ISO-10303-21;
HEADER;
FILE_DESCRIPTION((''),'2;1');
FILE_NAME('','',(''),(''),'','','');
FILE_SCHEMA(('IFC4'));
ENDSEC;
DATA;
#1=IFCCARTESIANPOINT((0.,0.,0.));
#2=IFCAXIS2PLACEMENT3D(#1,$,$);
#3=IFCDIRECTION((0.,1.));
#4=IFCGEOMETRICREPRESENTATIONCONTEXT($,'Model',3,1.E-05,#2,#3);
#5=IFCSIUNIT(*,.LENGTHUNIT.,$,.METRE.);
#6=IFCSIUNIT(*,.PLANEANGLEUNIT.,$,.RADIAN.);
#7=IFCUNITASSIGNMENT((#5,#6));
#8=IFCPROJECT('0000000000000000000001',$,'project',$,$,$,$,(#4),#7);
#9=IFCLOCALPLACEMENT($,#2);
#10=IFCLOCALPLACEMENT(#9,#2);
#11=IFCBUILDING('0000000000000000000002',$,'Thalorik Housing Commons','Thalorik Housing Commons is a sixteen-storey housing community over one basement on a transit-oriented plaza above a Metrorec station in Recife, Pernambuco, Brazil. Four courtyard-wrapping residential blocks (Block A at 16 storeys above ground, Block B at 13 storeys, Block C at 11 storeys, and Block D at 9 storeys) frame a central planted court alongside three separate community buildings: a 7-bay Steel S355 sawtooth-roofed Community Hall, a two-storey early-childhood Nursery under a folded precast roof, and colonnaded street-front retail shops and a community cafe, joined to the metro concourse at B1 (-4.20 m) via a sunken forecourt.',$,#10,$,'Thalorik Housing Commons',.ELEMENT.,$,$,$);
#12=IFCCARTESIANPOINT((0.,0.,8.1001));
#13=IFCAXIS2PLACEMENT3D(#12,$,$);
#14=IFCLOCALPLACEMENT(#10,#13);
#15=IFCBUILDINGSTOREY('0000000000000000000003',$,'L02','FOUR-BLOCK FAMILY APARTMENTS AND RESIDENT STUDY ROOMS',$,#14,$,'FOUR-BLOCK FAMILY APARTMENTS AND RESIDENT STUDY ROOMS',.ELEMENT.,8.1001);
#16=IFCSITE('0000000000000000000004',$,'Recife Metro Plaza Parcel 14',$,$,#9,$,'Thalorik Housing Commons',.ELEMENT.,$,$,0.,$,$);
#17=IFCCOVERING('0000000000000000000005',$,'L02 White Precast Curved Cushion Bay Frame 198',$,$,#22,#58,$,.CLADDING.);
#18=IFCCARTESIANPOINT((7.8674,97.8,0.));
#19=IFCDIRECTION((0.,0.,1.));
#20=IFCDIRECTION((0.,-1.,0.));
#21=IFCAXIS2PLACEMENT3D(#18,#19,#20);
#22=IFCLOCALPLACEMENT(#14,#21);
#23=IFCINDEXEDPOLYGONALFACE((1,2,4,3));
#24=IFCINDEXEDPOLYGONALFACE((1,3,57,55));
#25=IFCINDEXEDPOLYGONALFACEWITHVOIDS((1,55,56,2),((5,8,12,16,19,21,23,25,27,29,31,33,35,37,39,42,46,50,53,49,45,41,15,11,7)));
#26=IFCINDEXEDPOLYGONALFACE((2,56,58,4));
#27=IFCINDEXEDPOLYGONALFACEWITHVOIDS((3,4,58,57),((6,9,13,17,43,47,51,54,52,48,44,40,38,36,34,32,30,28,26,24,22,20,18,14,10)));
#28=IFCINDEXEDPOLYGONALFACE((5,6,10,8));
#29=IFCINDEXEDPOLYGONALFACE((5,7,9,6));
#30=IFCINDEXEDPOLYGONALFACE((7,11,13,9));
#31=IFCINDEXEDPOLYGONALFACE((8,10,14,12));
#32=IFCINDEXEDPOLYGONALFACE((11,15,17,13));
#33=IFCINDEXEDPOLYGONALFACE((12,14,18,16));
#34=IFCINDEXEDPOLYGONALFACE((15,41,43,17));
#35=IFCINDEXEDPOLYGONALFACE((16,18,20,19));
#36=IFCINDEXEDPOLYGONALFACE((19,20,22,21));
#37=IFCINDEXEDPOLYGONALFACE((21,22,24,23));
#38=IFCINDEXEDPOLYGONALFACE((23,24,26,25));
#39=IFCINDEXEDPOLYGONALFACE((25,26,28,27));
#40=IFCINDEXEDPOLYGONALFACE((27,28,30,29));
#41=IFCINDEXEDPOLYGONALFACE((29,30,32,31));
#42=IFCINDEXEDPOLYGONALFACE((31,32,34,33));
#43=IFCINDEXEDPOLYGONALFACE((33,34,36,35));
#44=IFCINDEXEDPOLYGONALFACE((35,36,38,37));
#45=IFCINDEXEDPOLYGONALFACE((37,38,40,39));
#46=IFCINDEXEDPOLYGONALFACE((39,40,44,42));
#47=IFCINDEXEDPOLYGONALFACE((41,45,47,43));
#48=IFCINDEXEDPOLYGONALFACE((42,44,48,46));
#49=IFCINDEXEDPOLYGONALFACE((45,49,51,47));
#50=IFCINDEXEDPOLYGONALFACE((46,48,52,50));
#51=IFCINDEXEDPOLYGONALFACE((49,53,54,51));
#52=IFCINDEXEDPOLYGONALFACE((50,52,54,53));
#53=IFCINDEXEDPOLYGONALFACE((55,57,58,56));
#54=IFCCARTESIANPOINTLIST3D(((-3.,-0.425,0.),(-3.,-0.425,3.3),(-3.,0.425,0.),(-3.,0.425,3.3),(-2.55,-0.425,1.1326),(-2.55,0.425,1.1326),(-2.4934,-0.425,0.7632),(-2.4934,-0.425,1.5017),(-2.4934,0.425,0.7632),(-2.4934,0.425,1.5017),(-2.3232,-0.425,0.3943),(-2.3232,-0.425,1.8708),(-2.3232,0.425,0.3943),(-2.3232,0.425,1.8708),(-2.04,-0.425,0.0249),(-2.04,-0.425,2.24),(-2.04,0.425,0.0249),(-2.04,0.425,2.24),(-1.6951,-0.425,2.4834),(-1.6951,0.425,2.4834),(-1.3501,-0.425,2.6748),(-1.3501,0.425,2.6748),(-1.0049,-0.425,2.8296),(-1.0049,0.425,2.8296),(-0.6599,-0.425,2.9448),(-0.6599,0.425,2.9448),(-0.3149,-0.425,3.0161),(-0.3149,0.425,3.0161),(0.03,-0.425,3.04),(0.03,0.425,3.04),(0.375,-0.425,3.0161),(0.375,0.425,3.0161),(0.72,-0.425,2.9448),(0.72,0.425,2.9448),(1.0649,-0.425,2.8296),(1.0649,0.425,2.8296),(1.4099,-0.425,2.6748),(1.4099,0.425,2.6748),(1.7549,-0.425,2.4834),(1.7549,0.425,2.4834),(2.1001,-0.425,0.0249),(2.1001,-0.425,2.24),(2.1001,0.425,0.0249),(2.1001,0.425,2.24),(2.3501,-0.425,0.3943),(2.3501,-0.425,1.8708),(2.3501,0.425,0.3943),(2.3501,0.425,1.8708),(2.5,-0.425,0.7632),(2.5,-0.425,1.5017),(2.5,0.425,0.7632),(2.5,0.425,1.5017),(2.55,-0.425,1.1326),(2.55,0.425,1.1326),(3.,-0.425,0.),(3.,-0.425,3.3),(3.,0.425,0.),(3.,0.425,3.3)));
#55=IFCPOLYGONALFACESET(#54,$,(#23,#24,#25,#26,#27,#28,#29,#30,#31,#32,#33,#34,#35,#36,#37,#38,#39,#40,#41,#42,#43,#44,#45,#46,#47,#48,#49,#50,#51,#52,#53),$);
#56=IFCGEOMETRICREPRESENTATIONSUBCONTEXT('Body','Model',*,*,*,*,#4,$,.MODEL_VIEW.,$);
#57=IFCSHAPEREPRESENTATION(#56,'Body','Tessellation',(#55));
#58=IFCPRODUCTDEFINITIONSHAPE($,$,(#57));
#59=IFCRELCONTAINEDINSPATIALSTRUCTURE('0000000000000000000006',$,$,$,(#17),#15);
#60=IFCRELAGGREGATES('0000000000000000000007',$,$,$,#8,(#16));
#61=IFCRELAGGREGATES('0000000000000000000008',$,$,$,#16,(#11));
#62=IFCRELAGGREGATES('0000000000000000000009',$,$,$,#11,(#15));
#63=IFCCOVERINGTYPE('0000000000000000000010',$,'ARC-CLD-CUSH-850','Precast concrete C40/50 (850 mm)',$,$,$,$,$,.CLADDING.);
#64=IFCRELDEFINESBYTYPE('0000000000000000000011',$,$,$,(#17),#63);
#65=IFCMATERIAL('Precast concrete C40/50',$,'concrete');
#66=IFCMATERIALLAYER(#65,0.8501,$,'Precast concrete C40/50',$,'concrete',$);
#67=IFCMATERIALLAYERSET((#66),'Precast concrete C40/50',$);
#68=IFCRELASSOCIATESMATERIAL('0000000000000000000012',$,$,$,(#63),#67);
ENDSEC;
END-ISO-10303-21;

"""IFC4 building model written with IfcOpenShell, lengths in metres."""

from ifc_helpers import new_model, si_unit, direction, frame, origin, place, context, subcontext, project, spatial, polyline, outline, extrude, material, layer, layer_set, type_object, element, save


model = new_model("IFC4")

# Units and contexts
model_context = context("Model", 3, precision=1e-05, world=origin(), true_north=direction((0.0, 1.0)))
body_context = subcontext(model_context, "Body", "Model", "MODEL_VIEW")
ifc_project = project(units=[si_unit("LENGTHUNIT", "METRE"), si_unit("PLANEANGLEUNIT", "RADIAN")], contexts=[model_context])

# Site, building, storey
site_placement = place(None, origin())
site = spatial("IfcSite", under=ifc_project, at=site_placement, Name="Recife Metro Plaza Parcel 14", LongName="Thalorik Housing Commons", CompositionType="ELEMENT", RefElevation=0.0)
building_placement = place(site_placement, origin())
building = spatial("IfcBuilding", under=site, at=building_placement, Name="Thalorik Housing Commons", Description="Thalorik Housing Commons is a sixteen-storey housing community over one basement on a transit-oriented plaza above a Metrorec station in Recife, Pernambuco, Brazil. Four courtyard-wrapping residential blocks (Block A at 16 storeys above ground, Block B at 13 storeys, Block C at 11 storeys, and Block D at 9 storeys) frame a central planted court alongside three separate community buildings: a 7-bay Steel S355 sawtooth-roofed Community Hall, a two-storey early-childhood Nursery under a folded precast roof, and colonnaded street-front retail shops and a community cafe, joined to the metro concourse at B1 (-4.20 m) via a sunken forecourt.", LongName="Thalorik Housing Commons", CompositionType="ELEMENT")
storey_placement = place(building_placement, frame((0.0, 0.0, 8.1001)))
storey = spatial("IfcBuildingStorey", under=building, at=storey_placement, Name="L02", Description="FOUR-BLOCK FAMILY APARTMENTS AND RESIDENT STUDY ROOMS", LongName="FOUR-BLOCK FAMILY APARTMENTS AND RESIDENT STUDY ROOMS", CompositionType="ELEMENT", Elevation=8.1001)

# Shared definitions
ifc_material_1 = material(Name="Precast concrete C40/50", Category="concrete")

# Covering
ifc_layer_1 = layer(ifc_material_1, 0.8501, Name="Precast concrete C40/50", Category="concrete")
ifc_layer_set_1 = layer_set([ifc_layer_1], Name="Precast concrete C40/50")
covering_type_1 = type_object("IfcCoveringType", Name="ARC-CLD-CUSH-850", Description="Precast concrete C40/50 (850 mm)", PredefinedType="CLADDING", material=ifc_layer_set_1)
covering_1_placement = place(storey_placement, frame((7.8674, 97.8, 0.0), z_axis=(0.0, 0.0, 1.0), x_axis=(0.0, -1.0, 0.0)))
element("IfcCovering", 1, at=covering_1_placement, inside=storey, type_object=covering_type_1, Name="L02 White Precast Curved Cushion Bay Frame 198", PredefinedType="CLADDING", context=body_context, shape_type="SweptSolid", body=[
    extrude(outline(polyline([(-3.0, 0.0), (3.0, 0.0), (3.0, 3.3), (-3.0, 3.3), (-3.0, 0.0)]), holes=[polyline([(2.1001, 0.0249), (2.3501, 0.3943), (2.5, 0.7632), (2.55, 1.1326), (2.5, 1.5017), (2.3501, 1.8708), (2.1001, 2.24), (1.7549, 2.4834), (1.4099, 2.6748), (1.0649, 2.8296), (0.72, 2.9448), (0.375, 3.0161), (0.03, 3.04), (-0.3149, 3.0161), (-0.6599, 2.9448), (-1.0049, 2.8296), (-1.3501, 2.6748), (-1.6951, 2.4834), (-2.04, 2.24), (-2.3232, 1.8708), (-2.4934, 1.5017), (-2.55, 1.1326), (-2.4934, 0.7632), (-2.3232, 0.3943), (-2.04, 0.0249), (2.1001, 0.0249)])]), frame((0.0, 0.425, 0.0), z_axis=(0.0, -1.0, 0.0), x_axis=(1.0, 0.0, 0.0)), (0.0, 0.0, 1.0), 0.8501),
])

save(model, "model.ifc")
